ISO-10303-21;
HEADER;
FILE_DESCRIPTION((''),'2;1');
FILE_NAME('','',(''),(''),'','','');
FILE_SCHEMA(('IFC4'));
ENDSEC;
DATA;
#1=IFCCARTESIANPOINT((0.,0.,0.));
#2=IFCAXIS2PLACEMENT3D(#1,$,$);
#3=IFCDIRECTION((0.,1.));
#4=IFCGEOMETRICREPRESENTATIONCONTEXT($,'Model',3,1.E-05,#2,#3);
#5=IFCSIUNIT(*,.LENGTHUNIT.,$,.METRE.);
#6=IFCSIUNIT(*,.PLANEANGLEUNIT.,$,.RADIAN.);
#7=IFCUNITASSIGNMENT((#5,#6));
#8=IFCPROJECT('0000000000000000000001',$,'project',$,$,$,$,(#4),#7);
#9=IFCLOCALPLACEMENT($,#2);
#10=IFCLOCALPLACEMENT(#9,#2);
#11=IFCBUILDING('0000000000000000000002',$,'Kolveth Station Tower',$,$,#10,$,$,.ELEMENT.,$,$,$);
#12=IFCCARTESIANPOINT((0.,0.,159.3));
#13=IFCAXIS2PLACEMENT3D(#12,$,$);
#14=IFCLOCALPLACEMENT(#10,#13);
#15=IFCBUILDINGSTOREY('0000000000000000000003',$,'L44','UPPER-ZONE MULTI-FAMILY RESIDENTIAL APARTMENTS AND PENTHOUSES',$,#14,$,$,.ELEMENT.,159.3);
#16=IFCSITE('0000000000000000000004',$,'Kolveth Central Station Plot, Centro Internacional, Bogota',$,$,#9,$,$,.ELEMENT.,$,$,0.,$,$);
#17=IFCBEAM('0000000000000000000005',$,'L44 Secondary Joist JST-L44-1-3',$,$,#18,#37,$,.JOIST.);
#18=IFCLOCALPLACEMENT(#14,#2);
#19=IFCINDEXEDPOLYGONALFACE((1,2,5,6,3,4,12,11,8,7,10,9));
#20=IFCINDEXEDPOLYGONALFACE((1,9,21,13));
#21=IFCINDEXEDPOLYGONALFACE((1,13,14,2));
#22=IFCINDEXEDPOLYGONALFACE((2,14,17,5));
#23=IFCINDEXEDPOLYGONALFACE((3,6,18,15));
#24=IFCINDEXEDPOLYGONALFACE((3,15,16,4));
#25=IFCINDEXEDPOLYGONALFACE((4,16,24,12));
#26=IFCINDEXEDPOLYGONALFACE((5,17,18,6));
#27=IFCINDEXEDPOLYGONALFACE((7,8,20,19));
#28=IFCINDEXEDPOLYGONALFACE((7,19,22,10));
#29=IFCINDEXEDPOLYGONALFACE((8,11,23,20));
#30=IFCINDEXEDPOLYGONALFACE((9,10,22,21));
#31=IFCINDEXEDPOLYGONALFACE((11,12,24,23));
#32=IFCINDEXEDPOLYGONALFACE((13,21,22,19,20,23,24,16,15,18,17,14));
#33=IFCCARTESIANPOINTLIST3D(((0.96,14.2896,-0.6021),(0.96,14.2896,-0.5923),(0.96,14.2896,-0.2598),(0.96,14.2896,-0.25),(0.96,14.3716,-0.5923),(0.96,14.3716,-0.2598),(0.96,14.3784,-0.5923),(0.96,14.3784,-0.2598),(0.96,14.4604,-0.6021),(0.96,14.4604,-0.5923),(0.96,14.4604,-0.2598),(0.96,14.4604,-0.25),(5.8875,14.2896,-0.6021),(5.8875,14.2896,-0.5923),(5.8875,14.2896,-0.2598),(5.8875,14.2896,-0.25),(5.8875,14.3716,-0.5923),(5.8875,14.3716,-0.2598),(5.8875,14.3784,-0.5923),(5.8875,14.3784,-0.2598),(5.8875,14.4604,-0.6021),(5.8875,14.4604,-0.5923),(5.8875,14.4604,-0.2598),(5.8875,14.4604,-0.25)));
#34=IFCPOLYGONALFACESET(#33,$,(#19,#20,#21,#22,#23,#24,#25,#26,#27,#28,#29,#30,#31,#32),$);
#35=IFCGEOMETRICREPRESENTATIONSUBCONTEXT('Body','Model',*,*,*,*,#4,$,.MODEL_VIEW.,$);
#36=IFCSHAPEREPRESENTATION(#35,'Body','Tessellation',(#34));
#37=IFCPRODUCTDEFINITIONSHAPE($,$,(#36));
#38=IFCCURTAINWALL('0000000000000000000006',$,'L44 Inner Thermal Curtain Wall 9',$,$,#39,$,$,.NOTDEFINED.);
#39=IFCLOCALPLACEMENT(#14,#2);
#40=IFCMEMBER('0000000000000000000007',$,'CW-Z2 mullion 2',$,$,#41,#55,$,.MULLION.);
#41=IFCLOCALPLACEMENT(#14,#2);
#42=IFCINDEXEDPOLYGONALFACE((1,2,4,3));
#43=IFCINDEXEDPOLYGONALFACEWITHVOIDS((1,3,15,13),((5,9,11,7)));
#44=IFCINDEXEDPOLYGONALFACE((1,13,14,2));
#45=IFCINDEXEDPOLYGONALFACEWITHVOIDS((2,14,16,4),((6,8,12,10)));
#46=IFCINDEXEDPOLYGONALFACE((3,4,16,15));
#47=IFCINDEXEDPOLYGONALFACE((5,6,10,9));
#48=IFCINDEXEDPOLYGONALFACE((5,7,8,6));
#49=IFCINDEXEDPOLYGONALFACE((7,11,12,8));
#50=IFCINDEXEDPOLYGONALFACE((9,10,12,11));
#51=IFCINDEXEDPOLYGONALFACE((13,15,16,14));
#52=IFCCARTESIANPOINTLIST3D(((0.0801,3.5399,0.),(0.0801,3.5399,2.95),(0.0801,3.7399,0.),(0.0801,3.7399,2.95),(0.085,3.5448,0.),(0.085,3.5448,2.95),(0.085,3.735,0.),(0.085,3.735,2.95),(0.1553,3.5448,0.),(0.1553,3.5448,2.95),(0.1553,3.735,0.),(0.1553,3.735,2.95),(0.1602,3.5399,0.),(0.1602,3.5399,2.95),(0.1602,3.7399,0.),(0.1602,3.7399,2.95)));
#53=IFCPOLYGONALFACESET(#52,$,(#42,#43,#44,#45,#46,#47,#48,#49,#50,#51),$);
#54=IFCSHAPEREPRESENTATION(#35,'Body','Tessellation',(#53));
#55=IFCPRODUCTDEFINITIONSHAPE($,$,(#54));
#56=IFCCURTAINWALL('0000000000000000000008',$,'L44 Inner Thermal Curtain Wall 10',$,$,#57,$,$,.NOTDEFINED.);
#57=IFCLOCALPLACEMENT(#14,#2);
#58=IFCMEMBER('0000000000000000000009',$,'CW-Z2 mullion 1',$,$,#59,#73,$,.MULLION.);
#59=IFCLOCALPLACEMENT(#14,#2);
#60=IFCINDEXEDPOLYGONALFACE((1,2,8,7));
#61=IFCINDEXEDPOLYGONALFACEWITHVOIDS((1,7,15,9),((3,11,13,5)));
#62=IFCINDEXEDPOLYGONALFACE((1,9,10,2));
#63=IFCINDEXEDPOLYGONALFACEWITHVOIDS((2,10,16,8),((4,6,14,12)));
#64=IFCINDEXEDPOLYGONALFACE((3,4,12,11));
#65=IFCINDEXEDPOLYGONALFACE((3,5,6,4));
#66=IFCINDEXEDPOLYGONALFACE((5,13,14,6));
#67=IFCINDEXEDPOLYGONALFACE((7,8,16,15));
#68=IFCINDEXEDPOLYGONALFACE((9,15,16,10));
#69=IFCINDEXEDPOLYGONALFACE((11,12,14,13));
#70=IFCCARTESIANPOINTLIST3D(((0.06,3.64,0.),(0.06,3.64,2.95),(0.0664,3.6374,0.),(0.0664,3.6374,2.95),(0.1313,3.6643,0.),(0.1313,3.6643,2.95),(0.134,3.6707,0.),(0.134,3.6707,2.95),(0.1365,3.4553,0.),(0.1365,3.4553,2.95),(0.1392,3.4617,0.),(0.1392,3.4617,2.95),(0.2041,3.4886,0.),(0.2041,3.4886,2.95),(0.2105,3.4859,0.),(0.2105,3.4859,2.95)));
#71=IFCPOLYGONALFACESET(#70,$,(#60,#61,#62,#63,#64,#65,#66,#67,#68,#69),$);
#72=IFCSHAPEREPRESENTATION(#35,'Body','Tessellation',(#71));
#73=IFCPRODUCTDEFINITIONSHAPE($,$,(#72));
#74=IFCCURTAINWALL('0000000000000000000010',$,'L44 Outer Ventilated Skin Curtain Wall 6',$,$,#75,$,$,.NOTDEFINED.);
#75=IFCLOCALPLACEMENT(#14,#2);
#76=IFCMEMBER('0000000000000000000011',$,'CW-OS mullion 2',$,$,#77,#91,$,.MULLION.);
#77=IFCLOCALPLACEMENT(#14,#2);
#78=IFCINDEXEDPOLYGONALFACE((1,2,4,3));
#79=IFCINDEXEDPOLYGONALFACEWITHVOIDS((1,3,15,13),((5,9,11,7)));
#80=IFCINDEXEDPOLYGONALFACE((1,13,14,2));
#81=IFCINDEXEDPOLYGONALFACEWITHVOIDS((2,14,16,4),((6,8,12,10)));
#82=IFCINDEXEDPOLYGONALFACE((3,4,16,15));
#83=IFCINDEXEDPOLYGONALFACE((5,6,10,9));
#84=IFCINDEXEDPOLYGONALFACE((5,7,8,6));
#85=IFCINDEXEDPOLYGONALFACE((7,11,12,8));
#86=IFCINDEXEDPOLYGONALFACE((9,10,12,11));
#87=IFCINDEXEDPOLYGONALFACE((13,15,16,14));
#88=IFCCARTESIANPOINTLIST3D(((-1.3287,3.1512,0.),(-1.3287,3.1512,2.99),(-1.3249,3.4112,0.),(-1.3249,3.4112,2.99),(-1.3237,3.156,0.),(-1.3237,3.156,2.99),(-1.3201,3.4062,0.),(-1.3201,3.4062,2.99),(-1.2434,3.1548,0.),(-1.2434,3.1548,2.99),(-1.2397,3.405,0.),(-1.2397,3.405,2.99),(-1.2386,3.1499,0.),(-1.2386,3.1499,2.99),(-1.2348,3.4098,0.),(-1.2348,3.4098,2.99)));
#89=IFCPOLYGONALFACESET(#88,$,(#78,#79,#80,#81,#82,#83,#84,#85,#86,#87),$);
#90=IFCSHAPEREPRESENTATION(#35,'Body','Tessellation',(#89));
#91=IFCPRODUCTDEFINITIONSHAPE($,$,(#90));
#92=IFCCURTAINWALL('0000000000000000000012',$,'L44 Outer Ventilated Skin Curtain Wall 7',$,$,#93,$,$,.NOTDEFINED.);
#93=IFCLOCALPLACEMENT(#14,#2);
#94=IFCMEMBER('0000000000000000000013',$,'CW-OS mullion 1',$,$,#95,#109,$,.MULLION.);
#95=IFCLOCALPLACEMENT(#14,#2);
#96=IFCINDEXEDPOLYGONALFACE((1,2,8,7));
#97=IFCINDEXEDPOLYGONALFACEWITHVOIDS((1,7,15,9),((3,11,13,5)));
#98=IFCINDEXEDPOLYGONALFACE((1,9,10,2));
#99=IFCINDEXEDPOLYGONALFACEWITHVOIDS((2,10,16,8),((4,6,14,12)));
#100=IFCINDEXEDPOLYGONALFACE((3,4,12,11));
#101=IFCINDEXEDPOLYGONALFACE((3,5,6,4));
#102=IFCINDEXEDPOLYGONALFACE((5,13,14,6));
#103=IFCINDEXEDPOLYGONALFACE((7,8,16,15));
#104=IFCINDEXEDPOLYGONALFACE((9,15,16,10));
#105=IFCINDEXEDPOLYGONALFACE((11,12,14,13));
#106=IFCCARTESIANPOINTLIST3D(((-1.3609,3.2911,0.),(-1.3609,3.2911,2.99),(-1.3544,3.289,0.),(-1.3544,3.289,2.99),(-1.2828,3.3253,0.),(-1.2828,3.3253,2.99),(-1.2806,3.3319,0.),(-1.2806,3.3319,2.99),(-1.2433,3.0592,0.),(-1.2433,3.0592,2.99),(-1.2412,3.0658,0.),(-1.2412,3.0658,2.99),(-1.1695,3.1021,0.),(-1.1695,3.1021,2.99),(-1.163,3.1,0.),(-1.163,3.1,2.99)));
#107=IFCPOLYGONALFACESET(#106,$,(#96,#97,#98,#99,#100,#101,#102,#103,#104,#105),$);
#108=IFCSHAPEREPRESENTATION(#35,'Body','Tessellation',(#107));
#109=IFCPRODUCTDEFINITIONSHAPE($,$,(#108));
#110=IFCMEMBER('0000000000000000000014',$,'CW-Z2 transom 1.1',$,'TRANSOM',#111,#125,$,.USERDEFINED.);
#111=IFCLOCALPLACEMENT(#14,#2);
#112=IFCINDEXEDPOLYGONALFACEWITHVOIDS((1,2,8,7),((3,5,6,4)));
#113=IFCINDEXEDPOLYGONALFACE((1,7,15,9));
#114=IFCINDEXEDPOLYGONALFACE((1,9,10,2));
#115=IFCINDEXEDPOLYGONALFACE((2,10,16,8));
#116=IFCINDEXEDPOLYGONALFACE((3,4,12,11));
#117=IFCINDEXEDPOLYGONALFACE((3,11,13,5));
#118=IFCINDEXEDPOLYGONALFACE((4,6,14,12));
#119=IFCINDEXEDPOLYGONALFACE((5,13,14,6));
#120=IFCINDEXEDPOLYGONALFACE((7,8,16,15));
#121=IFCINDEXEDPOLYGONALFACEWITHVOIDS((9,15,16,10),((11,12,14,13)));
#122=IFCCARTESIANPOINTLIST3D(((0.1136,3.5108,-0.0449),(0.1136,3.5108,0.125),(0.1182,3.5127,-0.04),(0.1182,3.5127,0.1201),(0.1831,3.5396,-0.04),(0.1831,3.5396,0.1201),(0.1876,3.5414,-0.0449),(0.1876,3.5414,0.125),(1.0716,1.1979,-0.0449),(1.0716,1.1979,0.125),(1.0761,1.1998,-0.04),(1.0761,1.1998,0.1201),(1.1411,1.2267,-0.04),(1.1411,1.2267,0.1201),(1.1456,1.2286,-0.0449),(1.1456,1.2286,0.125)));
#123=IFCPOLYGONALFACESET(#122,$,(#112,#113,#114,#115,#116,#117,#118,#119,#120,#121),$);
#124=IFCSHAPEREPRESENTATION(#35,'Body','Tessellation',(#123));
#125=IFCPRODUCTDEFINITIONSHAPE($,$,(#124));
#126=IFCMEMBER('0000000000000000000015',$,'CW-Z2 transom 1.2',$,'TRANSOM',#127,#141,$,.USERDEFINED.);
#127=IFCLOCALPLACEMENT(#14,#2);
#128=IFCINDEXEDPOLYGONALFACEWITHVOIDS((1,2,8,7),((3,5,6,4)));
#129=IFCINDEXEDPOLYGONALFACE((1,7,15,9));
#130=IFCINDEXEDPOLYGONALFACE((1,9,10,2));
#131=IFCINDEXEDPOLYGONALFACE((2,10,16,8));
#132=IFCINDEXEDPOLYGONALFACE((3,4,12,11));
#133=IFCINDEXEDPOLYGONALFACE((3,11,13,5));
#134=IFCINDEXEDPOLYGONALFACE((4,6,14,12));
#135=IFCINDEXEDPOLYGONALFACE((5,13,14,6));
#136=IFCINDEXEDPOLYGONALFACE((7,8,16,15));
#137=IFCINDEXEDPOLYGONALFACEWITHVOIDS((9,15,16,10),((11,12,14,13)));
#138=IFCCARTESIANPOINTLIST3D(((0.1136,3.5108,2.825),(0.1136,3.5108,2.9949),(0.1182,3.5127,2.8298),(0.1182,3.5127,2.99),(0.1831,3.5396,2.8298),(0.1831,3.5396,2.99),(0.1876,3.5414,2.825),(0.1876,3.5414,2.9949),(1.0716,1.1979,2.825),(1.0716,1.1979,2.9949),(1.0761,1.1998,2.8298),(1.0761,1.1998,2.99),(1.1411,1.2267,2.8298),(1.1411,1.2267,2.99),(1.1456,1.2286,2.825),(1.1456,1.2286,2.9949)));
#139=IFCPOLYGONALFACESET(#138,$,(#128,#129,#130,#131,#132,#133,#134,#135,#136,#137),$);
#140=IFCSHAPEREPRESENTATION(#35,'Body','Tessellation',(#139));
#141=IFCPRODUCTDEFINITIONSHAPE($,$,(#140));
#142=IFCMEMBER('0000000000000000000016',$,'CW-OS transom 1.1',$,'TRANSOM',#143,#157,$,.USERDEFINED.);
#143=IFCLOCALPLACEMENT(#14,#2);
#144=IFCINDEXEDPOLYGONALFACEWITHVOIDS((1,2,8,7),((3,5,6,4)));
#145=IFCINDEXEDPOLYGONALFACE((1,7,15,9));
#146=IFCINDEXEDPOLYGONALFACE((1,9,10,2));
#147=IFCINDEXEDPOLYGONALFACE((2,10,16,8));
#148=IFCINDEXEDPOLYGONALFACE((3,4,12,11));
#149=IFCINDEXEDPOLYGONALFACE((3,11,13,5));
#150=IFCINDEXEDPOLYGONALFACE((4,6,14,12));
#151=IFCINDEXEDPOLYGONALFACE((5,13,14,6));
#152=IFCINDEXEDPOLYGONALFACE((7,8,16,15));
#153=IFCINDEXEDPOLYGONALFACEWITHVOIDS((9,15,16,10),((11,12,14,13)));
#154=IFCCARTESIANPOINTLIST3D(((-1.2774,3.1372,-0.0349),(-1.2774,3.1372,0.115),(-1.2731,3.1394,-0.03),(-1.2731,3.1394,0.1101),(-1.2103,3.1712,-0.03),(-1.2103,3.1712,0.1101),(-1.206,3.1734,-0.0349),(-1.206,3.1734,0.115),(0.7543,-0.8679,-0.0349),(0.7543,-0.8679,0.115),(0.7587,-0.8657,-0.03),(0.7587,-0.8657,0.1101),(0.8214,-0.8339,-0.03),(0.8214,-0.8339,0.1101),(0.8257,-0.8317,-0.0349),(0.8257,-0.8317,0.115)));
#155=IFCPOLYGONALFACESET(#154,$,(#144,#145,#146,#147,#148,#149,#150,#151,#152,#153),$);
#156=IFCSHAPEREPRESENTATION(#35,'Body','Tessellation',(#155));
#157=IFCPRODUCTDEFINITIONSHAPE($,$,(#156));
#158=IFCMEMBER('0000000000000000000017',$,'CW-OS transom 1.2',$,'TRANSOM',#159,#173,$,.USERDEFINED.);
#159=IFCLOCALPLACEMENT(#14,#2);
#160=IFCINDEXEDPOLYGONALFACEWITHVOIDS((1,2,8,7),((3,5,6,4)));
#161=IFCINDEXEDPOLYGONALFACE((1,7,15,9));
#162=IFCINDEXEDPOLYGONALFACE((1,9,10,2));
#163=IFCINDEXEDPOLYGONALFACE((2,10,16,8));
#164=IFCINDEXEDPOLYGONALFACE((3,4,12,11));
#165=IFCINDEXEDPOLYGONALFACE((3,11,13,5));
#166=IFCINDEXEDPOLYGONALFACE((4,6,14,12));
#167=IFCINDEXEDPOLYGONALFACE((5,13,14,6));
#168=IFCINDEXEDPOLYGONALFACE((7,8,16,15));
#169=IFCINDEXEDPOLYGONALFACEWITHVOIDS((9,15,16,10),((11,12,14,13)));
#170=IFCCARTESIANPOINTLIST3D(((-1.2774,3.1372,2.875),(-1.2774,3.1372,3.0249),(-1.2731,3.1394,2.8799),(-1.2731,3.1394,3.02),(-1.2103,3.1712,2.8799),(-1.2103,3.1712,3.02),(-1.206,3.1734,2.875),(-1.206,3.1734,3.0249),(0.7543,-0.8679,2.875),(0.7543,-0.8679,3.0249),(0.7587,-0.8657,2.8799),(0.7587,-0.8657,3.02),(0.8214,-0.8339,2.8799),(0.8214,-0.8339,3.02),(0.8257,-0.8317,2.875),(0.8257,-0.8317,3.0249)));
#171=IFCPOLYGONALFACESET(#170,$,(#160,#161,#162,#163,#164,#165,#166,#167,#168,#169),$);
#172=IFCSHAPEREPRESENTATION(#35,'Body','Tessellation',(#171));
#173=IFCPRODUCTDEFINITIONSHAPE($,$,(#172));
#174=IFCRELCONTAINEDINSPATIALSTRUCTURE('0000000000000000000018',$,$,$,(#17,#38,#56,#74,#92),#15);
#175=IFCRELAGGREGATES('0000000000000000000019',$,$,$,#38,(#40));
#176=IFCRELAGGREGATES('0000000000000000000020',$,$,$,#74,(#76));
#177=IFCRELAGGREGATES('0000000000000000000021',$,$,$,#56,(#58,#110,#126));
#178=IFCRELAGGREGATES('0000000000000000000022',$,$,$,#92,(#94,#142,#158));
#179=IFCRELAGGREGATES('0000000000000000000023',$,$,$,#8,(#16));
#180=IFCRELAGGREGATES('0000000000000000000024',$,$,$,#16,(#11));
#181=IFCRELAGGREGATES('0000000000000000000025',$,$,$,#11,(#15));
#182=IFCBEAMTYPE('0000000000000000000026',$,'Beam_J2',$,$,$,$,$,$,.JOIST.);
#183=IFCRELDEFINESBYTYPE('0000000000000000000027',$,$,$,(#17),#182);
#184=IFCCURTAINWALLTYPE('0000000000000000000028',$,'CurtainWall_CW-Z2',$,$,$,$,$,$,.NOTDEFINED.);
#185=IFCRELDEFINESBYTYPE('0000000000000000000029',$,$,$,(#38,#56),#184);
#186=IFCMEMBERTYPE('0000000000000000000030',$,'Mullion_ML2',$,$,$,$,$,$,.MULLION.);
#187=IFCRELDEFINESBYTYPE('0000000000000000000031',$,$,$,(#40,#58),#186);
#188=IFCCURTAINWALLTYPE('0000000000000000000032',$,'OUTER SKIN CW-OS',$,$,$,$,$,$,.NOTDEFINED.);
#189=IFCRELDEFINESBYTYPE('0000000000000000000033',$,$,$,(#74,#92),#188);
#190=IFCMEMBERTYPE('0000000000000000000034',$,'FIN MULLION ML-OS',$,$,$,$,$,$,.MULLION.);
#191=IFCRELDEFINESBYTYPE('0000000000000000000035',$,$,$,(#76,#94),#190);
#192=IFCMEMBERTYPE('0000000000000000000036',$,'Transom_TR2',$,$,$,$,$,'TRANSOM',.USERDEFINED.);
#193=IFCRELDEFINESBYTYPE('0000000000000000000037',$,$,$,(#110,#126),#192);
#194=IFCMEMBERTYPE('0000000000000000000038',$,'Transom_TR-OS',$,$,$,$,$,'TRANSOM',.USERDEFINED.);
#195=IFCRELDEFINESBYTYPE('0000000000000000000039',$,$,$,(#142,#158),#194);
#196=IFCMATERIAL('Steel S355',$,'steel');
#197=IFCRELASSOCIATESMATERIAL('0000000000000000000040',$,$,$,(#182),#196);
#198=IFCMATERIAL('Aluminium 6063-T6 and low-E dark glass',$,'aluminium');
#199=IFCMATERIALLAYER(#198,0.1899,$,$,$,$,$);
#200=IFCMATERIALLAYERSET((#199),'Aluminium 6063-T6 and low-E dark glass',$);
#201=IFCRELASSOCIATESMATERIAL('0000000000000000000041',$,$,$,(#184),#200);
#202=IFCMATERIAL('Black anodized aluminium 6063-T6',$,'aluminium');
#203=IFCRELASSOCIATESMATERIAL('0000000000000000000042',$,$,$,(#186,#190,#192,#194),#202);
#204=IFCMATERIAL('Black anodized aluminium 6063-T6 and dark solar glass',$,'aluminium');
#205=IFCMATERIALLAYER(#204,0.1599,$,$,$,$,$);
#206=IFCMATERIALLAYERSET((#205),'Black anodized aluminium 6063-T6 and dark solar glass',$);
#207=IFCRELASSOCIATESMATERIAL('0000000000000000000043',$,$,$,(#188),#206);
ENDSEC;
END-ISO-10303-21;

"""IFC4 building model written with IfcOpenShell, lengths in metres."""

from ifc_helpers import new_model, si_unit, direction, frame, origin, origin_2d, place, context, subcontext, project, spatial, hollow_rectangle, i_section, extrude, source, transform, mapped, material, layer, layer_set, material_profile, profile_set, type_object, element, aggregate, save


model = new_model("IFC4")

# Units and contexts
model_context = context("Model", 3, precision=1e-05, world=origin(), true_north=direction((0.0, 1.0)))
body_context = subcontext(model_context, "Body", "Model", "MODEL_VIEW")
ifc_project = project(units=[si_unit("LENGTHUNIT", "METRE"), si_unit("PLANEANGLEUNIT", "RADIAN")], contexts=[model_context])

# Site, building, storey
site_placement = place(None, origin())
site = spatial("IfcSite", under=ifc_project, at=site_placement, Name="Kolveth Central Station Plot, Centro Internacional, Bogota", CompositionType="ELEMENT", RefElevation=0.0)
building_placement = place(site_placement, origin())
building = spatial("IfcBuilding", under=site, at=building_placement, Name="Kolveth Station Tower", CompositionType="ELEMENT")
storey_placement = place(building_placement, frame((0.0, 0.0, 159.3)))
storey = spatial("IfcBuildingStorey", under=building, at=storey_placement, Name="L44", Description="UPPER-ZONE MULTI-FAMILY RESIDENTIAL APARTMENTS AND PENTHOUSES", CompositionType="ELEMENT", Elevation=159.3)

# Shared definitions
ifc_material_1 = material(Name="Steel S355", Category="steel")

# Beam
ifc_material_profile_1 = material_profile(ifc_material_1, i_section(OverallWidth=0.1709, OverallDepth=0.3521, WebThickness=0.0068, FlangeThickness=0.0098, at=origin_2d()), Name="W360x44")
ifc_profile_set_1 = profile_set([ifc_material_profile_1], Name="Steel S355")
beam_type_1 = type_object("IfcBeamType", Name="Beam_J2", PredefinedType="JOIST", material=ifc_profile_set_1)
shared_shape_1 = source(origin(), body_context, "Body", "SweptSolid", [
    extrude(i_section(OverallWidth=0.1709, OverallDepth=0.3521, WebThickness=0.0068, FlangeThickness=0.0098, at=origin_2d()), origin(), (0.0, 0.0, 1.0), 4.9275),
])
for number, where, z_axis, x_axis, name in (
    (1, (0.96, 14.375, -0.426), (1.0, 0.0, 0.0), (0.0, 1.0, 0.0), "L44 Secondary Joist JST-L44-1-3"),
):
    element("IfcBeam", number, at=place(storey_placement, frame(where, z_axis=z_axis, x_axis=x_axis)), inside=storey, type_object=beam_type_1, Name=name, PredefinedType="JOIST", context=body_context, shape_type="MappedRepresentation", body=[
        mapped(shared_shape_1, transform((0.0, 0.0, 0.0), x_axis=(1.0, 0.0, 0.0), y_axis=(0.0, 1.0, 0.0), z_axis=(0.0, 0.0, 1.0), scale=1.0)),
    ])

# Curtain walls, members
ifc_material_2 = material(Name="Aluminium 6063-T6 and low-E dark glass", Category="aluminium")
ifc_layer_1 = layer(ifc_material_2, 0.1899)
ifc_layer_set_1 = layer_set([ifc_layer_1], Name="Aluminium 6063-T6 and low-E dark glass")
curtain_wall_type_1 = type_object("IfcCurtainWallType", Name="CurtainWall_CW-Z2", PredefinedType="NOTDEFINED", material=ifc_layer_set_1)
curtain_wall_1_placement = place(storey_placement, origin())
curtain_wall_1 = element("IfcCurtainWall", 2, at=curtain_wall_1_placement, inside=storey, type_object=curtain_wall_type_1, Name="L44 Inner Thermal Curtain Wall 9", PredefinedType="NOTDEFINED")
ifc_material_3 = material(Name="Black anodized aluminium 6063-T6", Category="aluminium")
ifc_material_profile_2 = material_profile(ifc_material_3, hollow_rectangle(XDim=0.0801, YDim=0.2, WallThickness=0.0049, at=origin_2d()), Name="ALU-80x200x5")
ifc_profile_set_2 = profile_set([ifc_material_profile_2], Name="Black anodized aluminium 6063-T6")
member_type_1 = type_object("IfcMemberType", Name="Mullion_ML2", PredefinedType="MULLION", material=ifc_profile_set_2)
shared_shape_2 = source(origin(), body_context, "Body", "SweptSolid", [
    extrude(hollow_rectangle(XDim=0.0801, YDim=0.2, WallThickness=0.0049, at=origin_2d()), origin(), (0.0, 0.0, 1.0), 2.95),
])
member_1_placement = place(storey_placement, frame((0.1201, 3.6399, 0.0), z_axis=(0.0, 0.0, 1.0), x_axis=(1.0, 0.0, 0.0)))
member_1 = element("IfcMember", 3, at=member_1_placement, type_object=member_type_1, Name="CW-Z2 mullion 2", PredefinedType="MULLION", context=body_context, shape_type="MappedRepresentation", body=[
    mapped(shared_shape_2, transform((0.0, 0.0, 0.0), x_axis=(1.0, 0.0, 0.0), y_axis=(0.0, 1.0, 0.0), z_axis=(0.0, 0.0, 1.0), scale=1.0)),
])
aggregate(curtain_wall_1, [member_1])
curtain_wall_2_placement = place(storey_placement, origin())
curtain_wall_2 = element("IfcCurtainWall", 4, at=curtain_wall_2_placement, inside=storey, type_object=curtain_wall_type_1, Name="L44 Inner Thermal Curtain Wall 10", PredefinedType="NOTDEFINED")
member_2_placement = place(storey_placement, frame((0.1353, 3.563, 0.0), z_axis=(0.0, 0.0, 1.0), x_axis=(0.923874, 0.382698, 0.0)))
member_2 = element("IfcMember", 5, at=member_2_placement, type_object=member_type_1, Name="CW-Z2 mullion 1", PredefinedType="MULLION", context=body_context, shape_type="MappedRepresentation", body=[
    mapped(shared_shape_2, transform((0.0, 0.0, 0.0), x_axis=(1.0, 0.0, 0.0), y_axis=(0.0, 1.0, 0.0), z_axis=(0.0, 0.0, 1.0), scale=1.0)),
])
ifc_material_4 = material(Name="Black anodized aluminium 6063-T6 and dark solar glass", Category="aluminium")
ifc_layer_2 = layer(ifc_material_4, 0.1599)
ifc_layer_set_2 = layer_set([ifc_layer_2], Name="Black anodized aluminium 6063-T6 and dark solar glass")
curtain_wall_type_2 = type_object("IfcCurtainWallType", Name="OUTER SKIN CW-OS", PredefinedType="NOTDEFINED", material=ifc_layer_set_2)
curtain_wall_3_placement = place(storey_placement, origin())
curtain_wall_3 = element("IfcCurtainWall", 6, at=curtain_wall_3_placement, inside=storey, type_object=curtain_wall_type_2, Name="L44 Outer Ventilated Skin Curtain Wall 6", PredefinedType="NOTDEFINED")
ifc_material_profile_3 = material_profile(ifc_material_3, hollow_rectangle(XDim=0.0901, YDim=0.26, WallThickness=0.0049, at=origin_2d()), Name="ALU-90x260x5")
ifc_profile_set_3 = profile_set([ifc_material_profile_3], Name="Black anodized aluminium 6063-T6")
member_type_2 = type_object("IfcMemberType", Name="FIN MULLION ML-OS", PredefinedType="MULLION", material=ifc_profile_set_3)
shared_shape_3 = source(origin(), body_context, "Body", "SweptSolid", [
    extrude(hollow_rectangle(XDim=0.0901, YDim=0.26, WallThickness=0.0049, at=origin_2d()), origin(), (0.0, 0.0, 1.0), 2.99),
])
member_3_placement = place(storey_placement, frame((-1.2817, 3.2805, 0.0), z_axis=(0.0, 0.0, 1.0), x_axis=(0.999892, -0.014718, 0.0)))
member_3 = element("IfcMember", 7, at=member_3_placement, type_object=member_type_2, Name="CW-OS mullion 2", PredefinedType="MULLION", context=body_context, shape_type="MappedRepresentation", body=[
    mapped(shared_shape_3, transform((0.0, 0.0, 0.0), x_axis=(1.0, 0.0, 0.0), y_axis=(0.0, 1.0, 0.0), z_axis=(0.0, 0.0, 1.0), scale=1.0)),
])
aggregate(curtain_wall_3, [member_3])
curtain_wall_4_placement = place(storey_placement, origin())
curtain_wall_4 = element("IfcCurtainWall", 8, at=curtain_wall_4_placement, inside=storey, type_object=curtain_wall_type_2, Name="L44 Outer Ventilated Skin Curtain Wall 7", PredefinedType="NOTDEFINED")
member_4_placement = place(storey_placement, frame((-1.262, 3.1956, 0.0), z_axis=(0.0, 0.0, 1.0), x_axis=(0.891813, 0.452404, 0.0)))
member_4 = element("IfcMember", 9, at=member_4_placement, type_object=member_type_2, Name="CW-OS mullion 1", PredefinedType="MULLION", context=body_context, shape_type="MappedRepresentation", body=[
    mapped(shared_shape_3, transform((0.0, 0.0, 0.0), x_axis=(1.0, 0.0, 0.0), y_axis=(0.0, 1.0, 0.0), z_axis=(0.0, 0.0, 1.0), scale=1.0)),
])

# Members
ifc_material_profile_4 = material_profile(ifc_material_3, hollow_rectangle(XDim=0.0801, YDim=0.1699, WallThickness=0.0049, at=origin_2d()), Name="ALU-80x170x5")
ifc_profile_set_4 = profile_set([ifc_material_profile_4], Name="Black anodized aluminium 6063-T6")
member_type_3 = type_object("IfcMemberType", Name="Transom_TR2", ElementType="TRANSOM", PredefinedType="USERDEFINED", material=ifc_profile_set_4)
shared_shape_4 = source(origin(), body_context, "Body", "SweptSolid", [
    extrude(hollow_rectangle(XDim=0.0801, YDim=0.1699, WallThickness=0.0049, at=origin_2d()), origin(), (0.0, 0.0, 1.0), 2.5034),
])
member_5_placement = place(storey_placement, frame((0.1506, 3.5261, 0.04), z_axis=(0.382662, -0.923888, 0.0), x_axis=(0.923888, 0.382662, 0.0)))
member_5 = element("IfcMember", 10, at=member_5_placement, type_object=member_type_3, Name="CW-Z2 transom 1.1", ObjectType="TRANSOM", PredefinedType="USERDEFINED", context=body_context, shape_type="MappedRepresentation", body=[
    mapped(shared_shape_4, transform((0.0, 0.0, 0.0), x_axis=(1.0, 0.0, 0.0), y_axis=(0.0, 1.0, 0.0), z_axis=(0.0, 0.0, 1.0), scale=1.0)),
])
member_6_placement = place(storey_placement, frame((0.1506, 3.5261, 2.9099), z_axis=(0.382662, -0.923888, 0.0), x_axis=(0.923888, 0.382662, 0.0)))
member_6 = element("IfcMember", 11, at=member_6_placement, type_object=member_type_3, Name="CW-Z2 transom 1.2", ObjectType="TRANSOM", PredefinedType="USERDEFINED", context=body_context, shape_type="MappedRepresentation", body=[
    mapped(shared_shape_4, transform((0.0, 0.0, 0.0), x_axis=(1.0, 0.0, 0.0), y_axis=(0.0, 1.0, 0.0), z_axis=(0.0, 0.0, 1.0), scale=1.0)),
])
aggregate(curtain_wall_2, [member_2, member_5, member_6])
ifc_material_profile_5 = material_profile(ifc_material_3, hollow_rectangle(XDim=0.0801, YDim=0.1499, WallThickness=0.0049, at=origin_2d()), Name="ALU-80x150x5")
ifc_profile_set_5 = profile_set([ifc_material_profile_5], Name="Black anodized aluminium 6063-T6")
member_type_4 = type_object("IfcMemberType", Name="Transom_TR-OS", ElementType="TRANSOM", PredefinedType="USERDEFINED", material=ifc_profile_set_5)
shared_shape_5 = source(origin(), body_context, "Body", "SweptSolid", [
    extrude(hollow_rectangle(XDim=0.0801, YDim=0.1499, WallThickness=0.0049, at=origin_2d()), origin(), (0.0, 0.0, 1.0), 4.491),
])
member_7_placement = place(storey_placement, frame((-1.2417, 3.1553, 0.04), z_axis=(0.452403, -0.891814, 0.0), x_axis=(0.891814, 0.452403, 0.0)))
member_7 = element("IfcMember", 12, at=member_7_placement, type_object=member_type_4, Name="CW-OS transom 1.1", ObjectType="TRANSOM", PredefinedType="USERDEFINED", context=body_context, shape_type="MappedRepresentation", body=[
    mapped(shared_shape_5, transform((0.0, 0.0, 0.0), x_axis=(1.0, 0.0, 0.0), y_axis=(0.0, 1.0, 0.0), z_axis=(0.0, 0.0, 1.0), scale=1.0)),
])
member_8_placement = place(storey_placement, frame((-1.2417, 3.1553, 2.95), z_axis=(0.452403, -0.891814, 0.0), x_axis=(0.891814, 0.452403, 0.0)))
member_8 = element("IfcMember", 13, at=member_8_placement, type_object=member_type_4, Name="CW-OS transom 1.2", ObjectType="TRANSOM", PredefinedType="USERDEFINED", context=body_context, shape_type="MappedRepresentation", body=[
    mapped(shared_shape_5, transform((0.0, 0.0, 0.0), x_axis=(1.0, 0.0, 0.0), y_axis=(0.0, 1.0, 0.0), z_axis=(0.0, 0.0, 1.0), scale=1.0)),
])
aggregate(curtain_wall_4, [member_4, member_7, member_8])

save(model, "model.ifc")
